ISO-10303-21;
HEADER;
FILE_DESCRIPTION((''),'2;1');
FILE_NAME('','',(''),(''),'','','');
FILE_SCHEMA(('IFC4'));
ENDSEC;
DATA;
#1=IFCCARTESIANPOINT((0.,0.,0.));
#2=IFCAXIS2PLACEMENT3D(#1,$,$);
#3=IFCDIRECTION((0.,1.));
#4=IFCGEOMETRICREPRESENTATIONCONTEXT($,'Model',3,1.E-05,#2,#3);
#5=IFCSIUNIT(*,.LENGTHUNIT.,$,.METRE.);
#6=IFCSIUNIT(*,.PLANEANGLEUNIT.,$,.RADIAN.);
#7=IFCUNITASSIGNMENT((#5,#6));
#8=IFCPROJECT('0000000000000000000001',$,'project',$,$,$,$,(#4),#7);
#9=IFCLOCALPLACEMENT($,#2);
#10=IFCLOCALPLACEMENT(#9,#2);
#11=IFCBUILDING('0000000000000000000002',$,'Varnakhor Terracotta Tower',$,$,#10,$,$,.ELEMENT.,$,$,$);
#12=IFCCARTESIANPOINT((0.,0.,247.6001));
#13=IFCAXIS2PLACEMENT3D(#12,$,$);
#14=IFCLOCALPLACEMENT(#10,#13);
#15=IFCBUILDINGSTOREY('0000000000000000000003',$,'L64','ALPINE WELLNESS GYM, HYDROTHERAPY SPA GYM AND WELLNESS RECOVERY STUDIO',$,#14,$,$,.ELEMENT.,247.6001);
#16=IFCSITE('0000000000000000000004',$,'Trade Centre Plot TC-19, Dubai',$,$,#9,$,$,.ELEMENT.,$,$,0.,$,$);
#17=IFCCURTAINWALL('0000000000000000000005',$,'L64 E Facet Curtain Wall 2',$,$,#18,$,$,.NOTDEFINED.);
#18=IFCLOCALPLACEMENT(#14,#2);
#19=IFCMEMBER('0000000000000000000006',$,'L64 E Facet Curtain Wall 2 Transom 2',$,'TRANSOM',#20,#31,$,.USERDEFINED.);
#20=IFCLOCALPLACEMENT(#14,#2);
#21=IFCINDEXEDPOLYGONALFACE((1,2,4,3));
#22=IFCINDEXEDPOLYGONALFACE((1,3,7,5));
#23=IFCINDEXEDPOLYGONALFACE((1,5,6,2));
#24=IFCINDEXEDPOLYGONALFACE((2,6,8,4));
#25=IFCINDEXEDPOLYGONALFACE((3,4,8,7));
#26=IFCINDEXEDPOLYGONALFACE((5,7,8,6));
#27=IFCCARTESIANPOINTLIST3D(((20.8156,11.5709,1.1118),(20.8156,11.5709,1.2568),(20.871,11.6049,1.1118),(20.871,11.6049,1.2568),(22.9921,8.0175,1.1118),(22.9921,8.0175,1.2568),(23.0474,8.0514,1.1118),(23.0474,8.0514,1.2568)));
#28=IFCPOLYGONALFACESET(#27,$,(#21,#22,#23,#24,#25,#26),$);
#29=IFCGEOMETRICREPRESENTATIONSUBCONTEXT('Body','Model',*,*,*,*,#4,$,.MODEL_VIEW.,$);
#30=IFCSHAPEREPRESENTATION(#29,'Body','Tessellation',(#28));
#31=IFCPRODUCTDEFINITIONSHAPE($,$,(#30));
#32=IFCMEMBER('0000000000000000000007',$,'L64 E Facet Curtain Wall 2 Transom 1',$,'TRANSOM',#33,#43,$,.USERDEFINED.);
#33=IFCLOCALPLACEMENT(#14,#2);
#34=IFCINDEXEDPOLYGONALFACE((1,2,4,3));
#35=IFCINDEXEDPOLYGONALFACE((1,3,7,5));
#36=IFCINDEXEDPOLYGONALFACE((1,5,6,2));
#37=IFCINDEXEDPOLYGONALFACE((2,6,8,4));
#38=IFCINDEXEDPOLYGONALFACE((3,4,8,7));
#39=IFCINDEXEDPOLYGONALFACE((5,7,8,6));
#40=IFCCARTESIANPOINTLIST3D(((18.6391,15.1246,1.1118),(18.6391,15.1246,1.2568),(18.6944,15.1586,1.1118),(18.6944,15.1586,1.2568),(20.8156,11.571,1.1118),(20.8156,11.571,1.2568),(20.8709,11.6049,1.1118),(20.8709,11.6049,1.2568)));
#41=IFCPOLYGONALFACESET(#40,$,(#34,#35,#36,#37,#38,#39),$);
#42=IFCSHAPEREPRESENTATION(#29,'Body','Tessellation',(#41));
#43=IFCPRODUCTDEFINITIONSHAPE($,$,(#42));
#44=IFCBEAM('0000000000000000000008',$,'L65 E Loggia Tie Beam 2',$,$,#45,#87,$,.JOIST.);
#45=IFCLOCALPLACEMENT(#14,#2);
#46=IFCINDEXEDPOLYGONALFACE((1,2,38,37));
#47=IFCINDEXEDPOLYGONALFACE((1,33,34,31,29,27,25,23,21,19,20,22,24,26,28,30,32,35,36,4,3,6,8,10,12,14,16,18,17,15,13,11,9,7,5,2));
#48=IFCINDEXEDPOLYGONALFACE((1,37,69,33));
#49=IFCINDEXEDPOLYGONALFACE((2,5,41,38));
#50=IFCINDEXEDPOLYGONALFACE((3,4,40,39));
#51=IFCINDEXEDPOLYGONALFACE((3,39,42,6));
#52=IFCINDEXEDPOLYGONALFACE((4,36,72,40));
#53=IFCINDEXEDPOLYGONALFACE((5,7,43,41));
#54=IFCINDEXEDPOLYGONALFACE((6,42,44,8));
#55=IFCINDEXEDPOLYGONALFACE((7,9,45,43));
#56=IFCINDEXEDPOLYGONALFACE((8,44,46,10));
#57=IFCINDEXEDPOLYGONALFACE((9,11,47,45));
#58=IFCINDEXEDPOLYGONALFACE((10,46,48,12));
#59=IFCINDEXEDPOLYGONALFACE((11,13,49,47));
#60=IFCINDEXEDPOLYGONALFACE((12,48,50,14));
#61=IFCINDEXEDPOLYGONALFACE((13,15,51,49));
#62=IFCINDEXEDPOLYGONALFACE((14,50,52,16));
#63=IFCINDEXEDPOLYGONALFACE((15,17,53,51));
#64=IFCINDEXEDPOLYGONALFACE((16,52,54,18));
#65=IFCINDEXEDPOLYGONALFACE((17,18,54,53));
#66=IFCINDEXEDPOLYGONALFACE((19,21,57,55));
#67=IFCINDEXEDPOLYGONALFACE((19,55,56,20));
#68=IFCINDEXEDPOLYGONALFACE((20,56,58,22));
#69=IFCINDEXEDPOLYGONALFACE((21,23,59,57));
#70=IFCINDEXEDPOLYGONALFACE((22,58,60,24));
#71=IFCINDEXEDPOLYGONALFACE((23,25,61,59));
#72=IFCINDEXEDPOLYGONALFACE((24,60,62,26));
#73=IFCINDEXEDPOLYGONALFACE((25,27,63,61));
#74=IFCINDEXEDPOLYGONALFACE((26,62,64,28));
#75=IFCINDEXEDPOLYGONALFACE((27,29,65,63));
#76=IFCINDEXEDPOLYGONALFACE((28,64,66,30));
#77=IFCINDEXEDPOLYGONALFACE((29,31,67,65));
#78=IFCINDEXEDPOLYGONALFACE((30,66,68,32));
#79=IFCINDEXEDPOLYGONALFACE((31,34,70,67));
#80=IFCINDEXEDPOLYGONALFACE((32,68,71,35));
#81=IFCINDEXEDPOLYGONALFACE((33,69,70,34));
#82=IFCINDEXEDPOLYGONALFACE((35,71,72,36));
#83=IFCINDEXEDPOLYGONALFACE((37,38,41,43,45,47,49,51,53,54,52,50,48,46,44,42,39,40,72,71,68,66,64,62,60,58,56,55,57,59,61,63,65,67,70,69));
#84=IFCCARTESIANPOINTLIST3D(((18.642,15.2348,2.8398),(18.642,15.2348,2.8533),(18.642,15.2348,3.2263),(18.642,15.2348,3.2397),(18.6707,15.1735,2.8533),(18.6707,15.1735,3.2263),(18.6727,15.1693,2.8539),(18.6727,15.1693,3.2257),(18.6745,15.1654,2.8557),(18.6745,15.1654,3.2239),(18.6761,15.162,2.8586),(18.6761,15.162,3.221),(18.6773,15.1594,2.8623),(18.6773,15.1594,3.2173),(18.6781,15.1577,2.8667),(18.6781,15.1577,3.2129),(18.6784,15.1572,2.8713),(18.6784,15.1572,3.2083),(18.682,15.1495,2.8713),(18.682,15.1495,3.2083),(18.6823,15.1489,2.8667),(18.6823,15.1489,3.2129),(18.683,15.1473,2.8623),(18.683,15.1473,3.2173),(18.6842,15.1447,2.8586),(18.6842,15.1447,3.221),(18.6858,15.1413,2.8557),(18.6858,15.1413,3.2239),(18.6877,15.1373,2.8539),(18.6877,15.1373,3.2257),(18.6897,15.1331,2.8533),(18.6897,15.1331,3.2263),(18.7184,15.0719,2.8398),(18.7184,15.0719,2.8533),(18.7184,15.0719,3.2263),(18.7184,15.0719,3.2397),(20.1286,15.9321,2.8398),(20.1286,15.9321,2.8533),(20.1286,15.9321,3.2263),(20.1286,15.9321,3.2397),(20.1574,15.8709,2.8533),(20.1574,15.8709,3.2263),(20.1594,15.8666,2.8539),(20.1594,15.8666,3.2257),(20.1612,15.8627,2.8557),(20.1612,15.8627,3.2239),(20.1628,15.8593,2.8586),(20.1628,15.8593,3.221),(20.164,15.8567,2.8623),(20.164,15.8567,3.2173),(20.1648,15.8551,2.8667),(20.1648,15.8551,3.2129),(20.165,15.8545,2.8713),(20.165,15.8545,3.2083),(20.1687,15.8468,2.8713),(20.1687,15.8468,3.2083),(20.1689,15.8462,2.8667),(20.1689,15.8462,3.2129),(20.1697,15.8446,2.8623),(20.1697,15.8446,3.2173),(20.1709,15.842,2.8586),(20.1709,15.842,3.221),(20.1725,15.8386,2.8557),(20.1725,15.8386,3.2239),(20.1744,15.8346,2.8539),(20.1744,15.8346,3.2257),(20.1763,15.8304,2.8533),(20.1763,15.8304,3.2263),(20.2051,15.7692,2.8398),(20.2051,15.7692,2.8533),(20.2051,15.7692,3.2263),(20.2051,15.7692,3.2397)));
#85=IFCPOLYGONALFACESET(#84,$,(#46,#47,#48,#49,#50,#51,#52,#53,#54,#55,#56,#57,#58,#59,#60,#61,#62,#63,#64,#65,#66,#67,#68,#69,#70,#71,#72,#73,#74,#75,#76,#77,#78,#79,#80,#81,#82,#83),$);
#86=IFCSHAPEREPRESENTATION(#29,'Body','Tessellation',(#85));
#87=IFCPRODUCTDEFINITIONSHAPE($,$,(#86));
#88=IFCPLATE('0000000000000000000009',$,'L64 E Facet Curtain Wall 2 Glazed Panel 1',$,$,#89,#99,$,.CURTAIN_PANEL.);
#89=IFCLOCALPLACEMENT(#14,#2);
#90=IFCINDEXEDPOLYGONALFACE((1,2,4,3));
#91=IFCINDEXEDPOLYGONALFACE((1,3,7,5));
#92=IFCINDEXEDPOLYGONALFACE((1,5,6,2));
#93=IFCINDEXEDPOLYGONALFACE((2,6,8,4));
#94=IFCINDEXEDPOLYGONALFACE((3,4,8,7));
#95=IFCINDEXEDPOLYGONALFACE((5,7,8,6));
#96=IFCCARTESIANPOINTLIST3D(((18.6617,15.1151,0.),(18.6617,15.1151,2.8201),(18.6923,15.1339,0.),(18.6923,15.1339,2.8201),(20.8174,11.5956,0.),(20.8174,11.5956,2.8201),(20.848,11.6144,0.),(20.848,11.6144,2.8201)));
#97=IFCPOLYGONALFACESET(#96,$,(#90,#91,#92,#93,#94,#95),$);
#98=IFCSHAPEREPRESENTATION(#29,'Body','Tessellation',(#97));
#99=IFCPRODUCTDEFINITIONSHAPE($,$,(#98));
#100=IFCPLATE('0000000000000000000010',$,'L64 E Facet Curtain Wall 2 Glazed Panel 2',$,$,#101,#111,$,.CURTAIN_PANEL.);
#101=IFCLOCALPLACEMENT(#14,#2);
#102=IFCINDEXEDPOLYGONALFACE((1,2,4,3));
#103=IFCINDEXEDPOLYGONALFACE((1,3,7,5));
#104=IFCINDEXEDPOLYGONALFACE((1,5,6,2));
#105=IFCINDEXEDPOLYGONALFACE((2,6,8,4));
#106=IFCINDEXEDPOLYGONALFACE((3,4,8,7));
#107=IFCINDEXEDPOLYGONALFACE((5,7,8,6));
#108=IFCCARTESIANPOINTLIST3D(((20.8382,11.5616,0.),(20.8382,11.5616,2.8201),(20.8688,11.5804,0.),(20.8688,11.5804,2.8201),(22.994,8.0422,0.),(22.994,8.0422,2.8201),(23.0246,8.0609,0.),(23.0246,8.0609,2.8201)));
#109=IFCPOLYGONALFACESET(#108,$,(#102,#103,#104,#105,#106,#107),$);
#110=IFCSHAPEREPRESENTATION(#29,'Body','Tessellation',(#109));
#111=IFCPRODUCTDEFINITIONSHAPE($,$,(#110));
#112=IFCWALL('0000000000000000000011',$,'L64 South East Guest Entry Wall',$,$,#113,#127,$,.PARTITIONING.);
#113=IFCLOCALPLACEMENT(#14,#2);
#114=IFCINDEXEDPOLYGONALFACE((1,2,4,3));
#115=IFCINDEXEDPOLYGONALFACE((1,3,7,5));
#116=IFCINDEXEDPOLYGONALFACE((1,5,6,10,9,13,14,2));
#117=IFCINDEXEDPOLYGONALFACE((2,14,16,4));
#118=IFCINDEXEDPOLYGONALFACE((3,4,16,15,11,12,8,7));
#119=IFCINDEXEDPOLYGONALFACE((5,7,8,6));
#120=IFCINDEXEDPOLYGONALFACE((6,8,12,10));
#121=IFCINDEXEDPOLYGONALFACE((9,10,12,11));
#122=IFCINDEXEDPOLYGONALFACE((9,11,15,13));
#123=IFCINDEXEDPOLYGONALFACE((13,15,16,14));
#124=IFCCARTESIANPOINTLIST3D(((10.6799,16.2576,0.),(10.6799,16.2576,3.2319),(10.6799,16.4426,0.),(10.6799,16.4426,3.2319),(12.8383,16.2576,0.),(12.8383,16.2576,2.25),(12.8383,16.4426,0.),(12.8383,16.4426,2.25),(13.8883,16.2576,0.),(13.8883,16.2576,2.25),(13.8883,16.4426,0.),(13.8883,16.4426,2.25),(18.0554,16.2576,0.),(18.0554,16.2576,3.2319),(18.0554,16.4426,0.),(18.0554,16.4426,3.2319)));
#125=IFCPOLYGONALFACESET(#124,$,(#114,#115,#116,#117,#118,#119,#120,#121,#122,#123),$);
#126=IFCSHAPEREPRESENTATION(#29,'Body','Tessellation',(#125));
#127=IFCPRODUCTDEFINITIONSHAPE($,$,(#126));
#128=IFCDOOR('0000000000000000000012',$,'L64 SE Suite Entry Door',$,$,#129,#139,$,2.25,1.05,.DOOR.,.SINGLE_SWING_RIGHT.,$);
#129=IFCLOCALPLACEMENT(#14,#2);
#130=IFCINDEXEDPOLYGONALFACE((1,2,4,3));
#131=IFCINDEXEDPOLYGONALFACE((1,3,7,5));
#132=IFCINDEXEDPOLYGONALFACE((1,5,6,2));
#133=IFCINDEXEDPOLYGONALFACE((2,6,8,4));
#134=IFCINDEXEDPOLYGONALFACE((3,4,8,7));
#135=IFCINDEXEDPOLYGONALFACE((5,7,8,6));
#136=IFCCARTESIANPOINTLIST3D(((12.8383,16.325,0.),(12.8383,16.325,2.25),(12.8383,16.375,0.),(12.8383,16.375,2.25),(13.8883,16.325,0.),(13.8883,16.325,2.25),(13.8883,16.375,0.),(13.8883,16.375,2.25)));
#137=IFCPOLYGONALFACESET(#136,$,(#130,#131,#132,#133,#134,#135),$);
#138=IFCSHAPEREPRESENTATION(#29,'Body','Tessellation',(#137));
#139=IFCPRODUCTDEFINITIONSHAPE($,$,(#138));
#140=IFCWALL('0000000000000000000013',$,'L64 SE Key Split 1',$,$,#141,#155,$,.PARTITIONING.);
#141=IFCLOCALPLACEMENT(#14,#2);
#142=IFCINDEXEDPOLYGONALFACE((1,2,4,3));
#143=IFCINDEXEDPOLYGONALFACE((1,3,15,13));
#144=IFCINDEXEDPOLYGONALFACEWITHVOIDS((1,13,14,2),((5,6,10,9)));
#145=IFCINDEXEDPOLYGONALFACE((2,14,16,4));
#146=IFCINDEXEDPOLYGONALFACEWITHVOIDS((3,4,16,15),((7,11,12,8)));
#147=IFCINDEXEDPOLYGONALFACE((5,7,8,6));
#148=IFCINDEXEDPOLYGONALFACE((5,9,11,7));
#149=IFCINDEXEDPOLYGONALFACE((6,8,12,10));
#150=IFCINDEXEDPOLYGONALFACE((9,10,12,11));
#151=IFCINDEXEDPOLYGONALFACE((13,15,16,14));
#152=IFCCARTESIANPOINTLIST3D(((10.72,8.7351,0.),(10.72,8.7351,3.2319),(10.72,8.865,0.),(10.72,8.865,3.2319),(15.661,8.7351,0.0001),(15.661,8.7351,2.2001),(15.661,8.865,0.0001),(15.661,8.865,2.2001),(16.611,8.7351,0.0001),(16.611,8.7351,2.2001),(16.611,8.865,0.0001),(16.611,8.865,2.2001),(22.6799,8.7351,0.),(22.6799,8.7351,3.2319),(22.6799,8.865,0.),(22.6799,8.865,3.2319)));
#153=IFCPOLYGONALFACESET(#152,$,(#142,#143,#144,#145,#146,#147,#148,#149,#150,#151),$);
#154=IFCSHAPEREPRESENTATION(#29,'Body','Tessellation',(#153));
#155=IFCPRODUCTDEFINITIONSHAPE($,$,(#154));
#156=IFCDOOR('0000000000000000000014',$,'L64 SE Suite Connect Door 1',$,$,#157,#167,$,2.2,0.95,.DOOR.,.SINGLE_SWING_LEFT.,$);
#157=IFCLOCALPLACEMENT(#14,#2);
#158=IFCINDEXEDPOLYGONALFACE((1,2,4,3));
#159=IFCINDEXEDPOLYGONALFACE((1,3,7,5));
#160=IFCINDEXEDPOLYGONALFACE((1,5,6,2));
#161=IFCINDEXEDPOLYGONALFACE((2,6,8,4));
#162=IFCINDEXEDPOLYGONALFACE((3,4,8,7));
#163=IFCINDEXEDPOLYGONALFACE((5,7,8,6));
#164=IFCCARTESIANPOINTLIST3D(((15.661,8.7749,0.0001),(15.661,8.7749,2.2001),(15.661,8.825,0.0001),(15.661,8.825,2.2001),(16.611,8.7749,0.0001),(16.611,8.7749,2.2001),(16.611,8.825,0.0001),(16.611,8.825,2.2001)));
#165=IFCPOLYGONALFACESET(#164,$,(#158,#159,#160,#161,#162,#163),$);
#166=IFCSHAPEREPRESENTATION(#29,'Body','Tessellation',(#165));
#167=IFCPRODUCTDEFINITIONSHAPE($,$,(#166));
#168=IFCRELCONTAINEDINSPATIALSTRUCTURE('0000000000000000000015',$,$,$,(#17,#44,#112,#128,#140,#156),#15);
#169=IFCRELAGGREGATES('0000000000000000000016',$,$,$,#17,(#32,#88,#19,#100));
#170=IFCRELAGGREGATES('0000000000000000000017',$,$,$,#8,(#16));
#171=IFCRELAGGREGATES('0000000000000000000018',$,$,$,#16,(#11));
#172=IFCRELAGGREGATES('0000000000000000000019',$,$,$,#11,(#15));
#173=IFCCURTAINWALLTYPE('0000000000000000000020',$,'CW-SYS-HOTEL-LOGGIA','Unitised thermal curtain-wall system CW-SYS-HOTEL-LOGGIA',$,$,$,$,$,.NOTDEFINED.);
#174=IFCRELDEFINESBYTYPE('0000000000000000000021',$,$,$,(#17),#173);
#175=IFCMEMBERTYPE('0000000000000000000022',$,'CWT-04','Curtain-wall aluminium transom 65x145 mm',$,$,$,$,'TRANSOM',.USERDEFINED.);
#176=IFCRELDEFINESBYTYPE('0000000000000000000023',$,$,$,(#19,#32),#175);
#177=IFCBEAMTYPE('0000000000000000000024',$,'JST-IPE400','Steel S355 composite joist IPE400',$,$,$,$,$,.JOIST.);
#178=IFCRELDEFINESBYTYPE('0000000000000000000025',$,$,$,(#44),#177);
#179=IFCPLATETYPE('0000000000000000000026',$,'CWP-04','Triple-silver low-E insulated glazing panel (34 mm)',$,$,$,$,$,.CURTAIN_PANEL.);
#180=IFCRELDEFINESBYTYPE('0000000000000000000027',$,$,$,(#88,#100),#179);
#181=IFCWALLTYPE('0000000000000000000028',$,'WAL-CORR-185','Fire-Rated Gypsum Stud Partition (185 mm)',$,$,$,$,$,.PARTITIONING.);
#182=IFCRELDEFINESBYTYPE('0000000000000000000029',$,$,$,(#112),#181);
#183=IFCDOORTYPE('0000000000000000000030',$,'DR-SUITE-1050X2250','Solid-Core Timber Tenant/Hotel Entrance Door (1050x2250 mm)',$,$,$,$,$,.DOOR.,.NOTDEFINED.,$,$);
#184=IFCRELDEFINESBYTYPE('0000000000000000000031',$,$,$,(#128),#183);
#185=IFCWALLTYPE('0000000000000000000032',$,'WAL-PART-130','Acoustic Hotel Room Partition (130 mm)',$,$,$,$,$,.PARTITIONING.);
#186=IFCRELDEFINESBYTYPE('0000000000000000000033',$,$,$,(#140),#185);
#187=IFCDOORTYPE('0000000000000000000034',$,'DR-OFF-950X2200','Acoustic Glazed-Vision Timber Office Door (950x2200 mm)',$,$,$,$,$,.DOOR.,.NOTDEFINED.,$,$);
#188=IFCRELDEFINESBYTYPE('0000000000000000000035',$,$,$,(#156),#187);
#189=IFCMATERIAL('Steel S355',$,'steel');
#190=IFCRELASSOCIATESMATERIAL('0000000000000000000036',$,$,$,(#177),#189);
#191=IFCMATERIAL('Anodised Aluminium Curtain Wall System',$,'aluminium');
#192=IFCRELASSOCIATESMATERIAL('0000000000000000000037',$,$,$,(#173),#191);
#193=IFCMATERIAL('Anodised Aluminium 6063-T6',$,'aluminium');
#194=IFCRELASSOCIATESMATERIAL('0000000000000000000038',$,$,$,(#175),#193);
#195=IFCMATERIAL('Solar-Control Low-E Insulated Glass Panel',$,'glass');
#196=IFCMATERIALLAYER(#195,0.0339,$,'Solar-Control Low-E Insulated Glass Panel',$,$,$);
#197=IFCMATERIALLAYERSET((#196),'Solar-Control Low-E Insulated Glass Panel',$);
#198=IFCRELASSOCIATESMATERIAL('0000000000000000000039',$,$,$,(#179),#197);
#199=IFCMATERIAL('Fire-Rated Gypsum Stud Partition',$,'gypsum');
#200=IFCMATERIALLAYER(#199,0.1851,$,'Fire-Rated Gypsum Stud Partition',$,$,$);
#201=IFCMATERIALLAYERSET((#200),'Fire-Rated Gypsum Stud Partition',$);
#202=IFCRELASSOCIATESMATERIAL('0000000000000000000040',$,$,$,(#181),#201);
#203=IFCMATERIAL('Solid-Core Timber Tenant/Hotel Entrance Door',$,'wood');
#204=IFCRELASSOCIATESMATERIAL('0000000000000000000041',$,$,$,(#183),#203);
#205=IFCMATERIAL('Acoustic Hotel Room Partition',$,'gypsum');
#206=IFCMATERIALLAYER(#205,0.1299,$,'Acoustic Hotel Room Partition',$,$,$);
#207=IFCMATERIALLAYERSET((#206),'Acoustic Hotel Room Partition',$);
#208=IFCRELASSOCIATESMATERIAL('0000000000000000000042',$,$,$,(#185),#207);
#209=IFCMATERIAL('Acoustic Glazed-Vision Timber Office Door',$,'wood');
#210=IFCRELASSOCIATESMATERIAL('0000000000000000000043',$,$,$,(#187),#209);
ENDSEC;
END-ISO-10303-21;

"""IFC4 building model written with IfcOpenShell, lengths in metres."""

from ifc_helpers import new_model, si_unit, direction, frame, frame_2d, origin, origin_2d, place, context, subcontext, project, spatial, rectangle, i_section, extrude, source, transform, mapped, material, layer, layer_set, material_profile, profile_set, type_object, type_shapes, element, fill, aggregate, save


model = new_model("IFC4")

# Units and contexts
model_context = context("Model", 3, precision=1e-05, world=origin(), true_north=direction((0.0, 1.0)))
body_context = subcontext(model_context, "Body", "Model", "MODEL_VIEW")
ifc_project = project(units=[si_unit("LENGTHUNIT", "METRE"), si_unit("PLANEANGLEUNIT", "RADIAN")], contexts=[model_context])

# Site, building, storey
site_placement = place(None, origin())
site = spatial("IfcSite", under=ifc_project, at=site_placement, Name="Trade Centre Plot TC-19, Dubai", CompositionType="ELEMENT", RefElevation=0.0)
building_placement = place(site_placement, origin())
building = spatial("IfcBuilding", under=site, at=building_placement, Name="Varnakhor Terracotta Tower", CompositionType="ELEMENT")
storey_placement = place(building_placement, frame((0.0, 0.0, 247.6001)))
storey = spatial("IfcBuildingStorey", under=building, at=storey_placement, Name="L64", Description="ALPINE WELLNESS GYM, HYDROTHERAPY SPA GYM AND WELLNESS RECOVERY STUDIO", CompositionType="ELEMENT", Elevation=247.6001)

# Shared definitions
ifc_material_1 = material(Name="Steel S355", Category="steel")
ifc_material_profile_1 = material_profile(ifc_material_1, i_section(OverallWidth=0.1799, OverallDepth=0.3999, WebThickness=0.0085, FlangeThickness=0.0134, FilletRadius=0.0181, at=origin_2d()), Name="IPE400")
ifc_profile_set_1 = profile_set([ifc_material_profile_1], Name="Steel S355")
beam_type_1 = type_object("IfcBeamType", Name="JST-IPE400", Description="Steel S355 composite joist IPE400", PredefinedType="JOIST", material=ifc_profile_set_1)

# Curtain wall, members
ifc_material_2 = material(Name="Anodised Aluminium Curtain Wall System", Category="aluminium")
curtain_wall_type = type_object("IfcCurtainWallType", Name="CW-SYS-HOTEL-LOGGIA", Description="Unitised thermal curtain-wall system CW-SYS-HOTEL-LOGGIA", PredefinedType="NOTDEFINED", material=ifc_material_2)
curtain_wall_placement = place(storey_placement, origin())
curtain_wall = element("IfcCurtainWall", 1, at=curtain_wall_placement, inside=storey, type_object=curtain_wall_type, Name="L64 E Facet Curtain Wall 2", PredefinedType="NOTDEFINED")
ifc_material_3 = material(Name="Anodised Aluminium 6063-T6", Category="aluminium")
ifc_material_profile_2 = material_profile(ifc_material_3, rectangle(XDim=0.0649, YDim=0.145, at=origin_2d()), Name="ALU TRANSOM 65x145")
ifc_profile_set_2 = profile_set([ifc_material_profile_2], Name="Anodised Aluminium 6063-T6")
member_type_1 = type_object("IfcMemberType", Name="CWT-04", Description="Curtain-wall aluminium transom 65x145 mm", ElementType="TRANSOM", PredefinedType="USERDEFINED", material=ifc_profile_set_2)
shared_shape_1 = source(origin(), body_context, "Body", "SweptSolid", [
    extrude(rectangle(XDim=0.0649, YDim=0.145, at=origin_2d()), origin(), (0.0, 0.0, 1.0), 4.167),
])
member_1_placement = place(storey_placement, frame((20.8433, 11.5879, 1.1843), z_axis=(0.522315, -0.852753, 0.0), x_axis=(0.852753, 0.522315, 0.0)))
member_1 = element("IfcMember", 2, at=member_1_placement, type_object=member_type_1, Name="L64 E Facet Curtain Wall 2 Transom 2", ObjectType="TRANSOM", PredefinedType="USERDEFINED", context=body_context, shape_type="MappedRepresentation", body=[
    mapped(shared_shape_1, transform((0.0, 0.0, 0.0), scale=1.0)),
])
shared_shape_2 = source(origin(), body_context, "Body", "SweptSolid", [
    extrude(rectangle(XDim=0.0649, YDim=0.145, at=origin_2d()), origin(), (0.0, 0.0, 1.0), 4.1672),
])
member_2_placement = place(storey_placement, frame((18.6667, 15.1416, 1.1843), z_axis=(0.522289, -0.852769, 0.0), x_axis=(0.852769, 0.522289, 0.0)))
member_2 = element("IfcMember", 3, at=member_2_placement, type_object=member_type_1, Name="L64 E Facet Curtain Wall 2 Transom 1", ObjectType="TRANSOM", PredefinedType="USERDEFINED", context=body_context, shape_type="MappedRepresentation", body=[
    mapped(shared_shape_2, transform((0.0, 0.0, 0.0), scale=1.0)),
])

# Beam
shared_shape_3 = source(origin(), body_context, "Body", "SweptSolid", [
    extrude(i_section(OverallWidth=0.1799, OverallDepth=0.3999, WebThickness=0.0085, FlangeThickness=0.0134, FilletRadius=0.0181, at=origin_2d()), origin(), (0.0, 0.0, 1.0), 1.6421),
])
beam_1_placement = place(storey_placement, frame((18.6802, 15.1533, 3.0398), z_axis=(0.905357, 0.424651, 0.0), x_axis=(-0.424651, 0.905357, 0.0)))
element("IfcBeam", 4, at=beam_1_placement, inside=storey, type_object=beam_type_1, Name="L65 E Loggia Tie Beam 2", PredefinedType="JOIST", context=body_context, shape_type="MappedRepresentation", body=[
    mapped(shared_shape_3, transform((0.0, 0.0, 0.0), scale=1.0)),
])

# Plates
ifc_material_4 = material(Name="Solar-Control Low-E Insulated Glass Panel", Category="glass")
ifc_layer_1 = layer(ifc_material_4, 0.0339, Name="Solar-Control Low-E Insulated Glass Panel")
ifc_layer_set_1 = layer_set([ifc_layer_1], Name="Solar-Control Low-E Insulated Glass Panel")
plate_type = type_object("IfcPlateType", Name="CWP-04", Description="Triple-silver low-E insulated glazing panel (34 mm)", PredefinedType="CURTAIN_PANEL", material=ifc_layer_set_1)
shared_shape_4 = source(origin(), body_context, "Body", "SweptSolid", [
    extrude(rectangle(XDim=4.1272, YDim=0.0359, at=origin_2d()), origin(), (0.0, 0.0, 1.0), 2.8201),
])
plate_1_placement = place(storey_placement, frame((19.7549, 13.3647, 0.0), z_axis=(0.0, 0.0, 1.0), x_axis=(0.52232, -0.85275, 0.0)))
plate_1 = element("IfcPlate", 5, at=plate_1_placement, type_object=plate_type, Name="L64 E Facet Curtain Wall 2 Glazed Panel 1", PredefinedType="CURTAIN_PANEL", context=body_context, shape_type="MappedRepresentation", body=[
    mapped(shared_shape_4, transform((0.0, 0.0, 0.0), scale=1.0)),
])
plate_2_placement = place(storey_placement, frame((21.9314, 9.8113, 0.0), z_axis=(0.0, 0.0, 1.0), x_axis=(0.52232, -0.85275, 0.0)))
plate_2 = element("IfcPlate", 6, at=plate_2_placement, type_object=plate_type, Name="L64 E Facet Curtain Wall 2 Glazed Panel 2", PredefinedType="CURTAIN_PANEL", context=body_context, shape_type="MappedRepresentation", body=[
    mapped(shared_shape_4, transform((0.0, 0.0, 0.0), scale=1.0)),
])
aggregate(curtain_wall, [member_2, plate_1, member_1, plate_2])

# Walls, openings, doors
ifc_material_5 = material(Name="Fire-Rated Gypsum Stud Partition", Category="gypsum")
ifc_layer_2 = layer(ifc_material_5, 0.1851, Name="Fire-Rated Gypsum Stud Partition")
ifc_layer_set_2 = layer_set([ifc_layer_2], Name="Fire-Rated Gypsum Stud Partition")
wall_type_1 = type_object("IfcWallType", Name="WAL-CORR-185", Description="Fire-Rated Gypsum Stud Partition (185 mm)", PredefinedType="PARTITIONING", material=ifc_layer_set_2)
wall_1_placement = place(storey_placement, frame((10.6799, 16.3501, 0.0), z_axis=(0.0, 0.0, 1.0), x_axis=(1.0, 0.0, 0.0)))
wall_1 = element("IfcWall", 7, at=wall_1_placement, inside=storey, type_object=wall_type_1, Name="L64 South East Guest Entry Wall", PredefinedType="PARTITIONING", context=body_context, shape_type="SweptSolid", body=[
    extrude(rectangle(XDim=7.3755, YDim=0.1851, at=frame_2d((3.6877, 0.0))), origin(), (0.0, 0.0, 1.0), 3.2319),
])
opening_1_placement = place(wall_1_placement, frame((2.1584, 0.0, 0.0)))
opening_1 = element("IfcOpeningElement", 8, at=opening_1_placement, cuts=wall_1, PredefinedType="OPENING", context=body_context, shape_type="SweptSolid", body=[
    extrude(rectangle(XDim=1.05, YDim=2.25, at=frame_2d((0.5249, 1.125))), frame((0.0, 0.1025, 0.0), z_axis=(0.0, -1.0, 0.0), x_axis=(1.0, 0.0, 0.0)), (0.0, 0.0, 1.0), 0.2051),
])
ifc_material_6 = material(Name="Solid-Core Timber Tenant/Hotel Entrance Door", Category="wood")
door_type_1 = type_object("IfcDoorType", Name="DR-SUITE-1050X2250", Description="Solid-Core Timber Tenant/Hotel Entrance Door (1050x2250 mm)", OperationType="NOTDEFINED", PredefinedType="DOOR", material=ifc_material_6)
shared_shape_5 = source(origin(), body_context, "Body", "SweptSolid", [
    extrude(rectangle(XDim=1.05, YDim=2.25, at=frame_2d((0.5249, 1.125))), frame((0.0, 0.0249, 0.0), z_axis=(0.0, -1.0, 0.0), x_axis=(1.0, 0.0, 0.0)), (0.0, 0.0, 1.0), 0.05),
])
type_shapes(door_type_1, [shared_shape_5])
door_1_placement = place(opening_1_placement, origin())
door_1 = element("IfcDoor", 9, at=door_1_placement, inside=storey, type_object=door_type_1, Name="L64 SE Suite Entry Door", OperationType="SINGLE_SWING_RIGHT", OverallHeight=2.25, OverallWidth=1.05, PredefinedType="DOOR", context=body_context, shape_type="MappedRepresentation", body=[
    mapped(shared_shape_5, transform((0.0, 0.0, 0.0), scale=1.0)),
])
fill(opening_1, door_1)
ifc_material_7 = material(Name="Acoustic Hotel Room Partition", Category="gypsum")
ifc_layer_3 = layer(ifc_material_7, 0.1299, Name="Acoustic Hotel Room Partition")
ifc_layer_set_3 = layer_set([ifc_layer_3], Name="Acoustic Hotel Room Partition")
wall_type_2 = type_object("IfcWallType", Name="WAL-PART-130", Description="Acoustic Hotel Room Partition (130 mm)", PredefinedType="PARTITIONING", material=ifc_layer_set_3)
wall_2_placement = place(storey_placement, frame((10.72, 8.8, 0.0), z_axis=(0.0, 0.0, 1.0), x_axis=(1.0, 0.0, 0.0)))
wall_2 = element("IfcWall", 10, at=wall_2_placement, inside=storey, type_object=wall_type_2, Name="L64 SE Key Split 1", PredefinedType="PARTITIONING", context=body_context, shape_type="SweptSolid", body=[
    extrude(rectangle(XDim=11.96, YDim=0.1299, at=frame_2d((5.98, 0.0))), origin(), (0.0, 0.0, 1.0), 3.2319),
])
opening_2_placement = place(wall_2_placement, frame((4.9409, 0.0, 0.0)))
opening_2 = element("IfcOpeningElement", 11, at=opening_2_placement, cuts=wall_2, PredefinedType="OPENING", context=body_context, shape_type="SweptSolid", body=[
    extrude(rectangle(XDim=0.95, YDim=2.2, at=frame_2d((0.4751, 1.1001))), frame((0.0, 0.075, 0.0), z_axis=(0.0, -1.0, 0.0), x_axis=(1.0, 0.0, 0.0)), (0.0, 0.0, 1.0), 0.1499),
])
ifc_material_8 = material(Name="Acoustic Glazed-Vision Timber Office Door", Category="wood")
door_type_2 = type_object("IfcDoorType", Name="DR-OFF-950X2200", Description="Acoustic Glazed-Vision Timber Office Door (950x2200 mm)", OperationType="NOTDEFINED", PredefinedType="DOOR", material=ifc_material_8)
shared_shape_6 = source(origin(), body_context, "Body", "SweptSolid", [
    extrude(rectangle(XDim=0.95, YDim=2.2, at=frame_2d((0.4751, 1.1001))), frame((0.0, 0.0249, 0.0), z_axis=(0.0, -1.0, 0.0), x_axis=(1.0, 0.0, 0.0)), (0.0, 0.0, 1.0), 0.05),
])
type_shapes(door_type_2, [shared_shape_6])
door_2_placement = place(opening_2_placement, origin())
door_2 = element("IfcDoor", 12, at=door_2_placement, inside=storey, type_object=door_type_2, Name="L64 SE Suite Connect Door 1", OperationType="SINGLE_SWING_LEFT", OverallHeight=2.2, OverallWidth=0.95, PredefinedType="DOOR", context=body_context, shape_type="MappedRepresentation", body=[
    mapped(shared_shape_6, transform((0.0, 0.0, 0.0), scale=1.0)),
])
fill(opening_2, door_2)

save(model, "model.ifc")
